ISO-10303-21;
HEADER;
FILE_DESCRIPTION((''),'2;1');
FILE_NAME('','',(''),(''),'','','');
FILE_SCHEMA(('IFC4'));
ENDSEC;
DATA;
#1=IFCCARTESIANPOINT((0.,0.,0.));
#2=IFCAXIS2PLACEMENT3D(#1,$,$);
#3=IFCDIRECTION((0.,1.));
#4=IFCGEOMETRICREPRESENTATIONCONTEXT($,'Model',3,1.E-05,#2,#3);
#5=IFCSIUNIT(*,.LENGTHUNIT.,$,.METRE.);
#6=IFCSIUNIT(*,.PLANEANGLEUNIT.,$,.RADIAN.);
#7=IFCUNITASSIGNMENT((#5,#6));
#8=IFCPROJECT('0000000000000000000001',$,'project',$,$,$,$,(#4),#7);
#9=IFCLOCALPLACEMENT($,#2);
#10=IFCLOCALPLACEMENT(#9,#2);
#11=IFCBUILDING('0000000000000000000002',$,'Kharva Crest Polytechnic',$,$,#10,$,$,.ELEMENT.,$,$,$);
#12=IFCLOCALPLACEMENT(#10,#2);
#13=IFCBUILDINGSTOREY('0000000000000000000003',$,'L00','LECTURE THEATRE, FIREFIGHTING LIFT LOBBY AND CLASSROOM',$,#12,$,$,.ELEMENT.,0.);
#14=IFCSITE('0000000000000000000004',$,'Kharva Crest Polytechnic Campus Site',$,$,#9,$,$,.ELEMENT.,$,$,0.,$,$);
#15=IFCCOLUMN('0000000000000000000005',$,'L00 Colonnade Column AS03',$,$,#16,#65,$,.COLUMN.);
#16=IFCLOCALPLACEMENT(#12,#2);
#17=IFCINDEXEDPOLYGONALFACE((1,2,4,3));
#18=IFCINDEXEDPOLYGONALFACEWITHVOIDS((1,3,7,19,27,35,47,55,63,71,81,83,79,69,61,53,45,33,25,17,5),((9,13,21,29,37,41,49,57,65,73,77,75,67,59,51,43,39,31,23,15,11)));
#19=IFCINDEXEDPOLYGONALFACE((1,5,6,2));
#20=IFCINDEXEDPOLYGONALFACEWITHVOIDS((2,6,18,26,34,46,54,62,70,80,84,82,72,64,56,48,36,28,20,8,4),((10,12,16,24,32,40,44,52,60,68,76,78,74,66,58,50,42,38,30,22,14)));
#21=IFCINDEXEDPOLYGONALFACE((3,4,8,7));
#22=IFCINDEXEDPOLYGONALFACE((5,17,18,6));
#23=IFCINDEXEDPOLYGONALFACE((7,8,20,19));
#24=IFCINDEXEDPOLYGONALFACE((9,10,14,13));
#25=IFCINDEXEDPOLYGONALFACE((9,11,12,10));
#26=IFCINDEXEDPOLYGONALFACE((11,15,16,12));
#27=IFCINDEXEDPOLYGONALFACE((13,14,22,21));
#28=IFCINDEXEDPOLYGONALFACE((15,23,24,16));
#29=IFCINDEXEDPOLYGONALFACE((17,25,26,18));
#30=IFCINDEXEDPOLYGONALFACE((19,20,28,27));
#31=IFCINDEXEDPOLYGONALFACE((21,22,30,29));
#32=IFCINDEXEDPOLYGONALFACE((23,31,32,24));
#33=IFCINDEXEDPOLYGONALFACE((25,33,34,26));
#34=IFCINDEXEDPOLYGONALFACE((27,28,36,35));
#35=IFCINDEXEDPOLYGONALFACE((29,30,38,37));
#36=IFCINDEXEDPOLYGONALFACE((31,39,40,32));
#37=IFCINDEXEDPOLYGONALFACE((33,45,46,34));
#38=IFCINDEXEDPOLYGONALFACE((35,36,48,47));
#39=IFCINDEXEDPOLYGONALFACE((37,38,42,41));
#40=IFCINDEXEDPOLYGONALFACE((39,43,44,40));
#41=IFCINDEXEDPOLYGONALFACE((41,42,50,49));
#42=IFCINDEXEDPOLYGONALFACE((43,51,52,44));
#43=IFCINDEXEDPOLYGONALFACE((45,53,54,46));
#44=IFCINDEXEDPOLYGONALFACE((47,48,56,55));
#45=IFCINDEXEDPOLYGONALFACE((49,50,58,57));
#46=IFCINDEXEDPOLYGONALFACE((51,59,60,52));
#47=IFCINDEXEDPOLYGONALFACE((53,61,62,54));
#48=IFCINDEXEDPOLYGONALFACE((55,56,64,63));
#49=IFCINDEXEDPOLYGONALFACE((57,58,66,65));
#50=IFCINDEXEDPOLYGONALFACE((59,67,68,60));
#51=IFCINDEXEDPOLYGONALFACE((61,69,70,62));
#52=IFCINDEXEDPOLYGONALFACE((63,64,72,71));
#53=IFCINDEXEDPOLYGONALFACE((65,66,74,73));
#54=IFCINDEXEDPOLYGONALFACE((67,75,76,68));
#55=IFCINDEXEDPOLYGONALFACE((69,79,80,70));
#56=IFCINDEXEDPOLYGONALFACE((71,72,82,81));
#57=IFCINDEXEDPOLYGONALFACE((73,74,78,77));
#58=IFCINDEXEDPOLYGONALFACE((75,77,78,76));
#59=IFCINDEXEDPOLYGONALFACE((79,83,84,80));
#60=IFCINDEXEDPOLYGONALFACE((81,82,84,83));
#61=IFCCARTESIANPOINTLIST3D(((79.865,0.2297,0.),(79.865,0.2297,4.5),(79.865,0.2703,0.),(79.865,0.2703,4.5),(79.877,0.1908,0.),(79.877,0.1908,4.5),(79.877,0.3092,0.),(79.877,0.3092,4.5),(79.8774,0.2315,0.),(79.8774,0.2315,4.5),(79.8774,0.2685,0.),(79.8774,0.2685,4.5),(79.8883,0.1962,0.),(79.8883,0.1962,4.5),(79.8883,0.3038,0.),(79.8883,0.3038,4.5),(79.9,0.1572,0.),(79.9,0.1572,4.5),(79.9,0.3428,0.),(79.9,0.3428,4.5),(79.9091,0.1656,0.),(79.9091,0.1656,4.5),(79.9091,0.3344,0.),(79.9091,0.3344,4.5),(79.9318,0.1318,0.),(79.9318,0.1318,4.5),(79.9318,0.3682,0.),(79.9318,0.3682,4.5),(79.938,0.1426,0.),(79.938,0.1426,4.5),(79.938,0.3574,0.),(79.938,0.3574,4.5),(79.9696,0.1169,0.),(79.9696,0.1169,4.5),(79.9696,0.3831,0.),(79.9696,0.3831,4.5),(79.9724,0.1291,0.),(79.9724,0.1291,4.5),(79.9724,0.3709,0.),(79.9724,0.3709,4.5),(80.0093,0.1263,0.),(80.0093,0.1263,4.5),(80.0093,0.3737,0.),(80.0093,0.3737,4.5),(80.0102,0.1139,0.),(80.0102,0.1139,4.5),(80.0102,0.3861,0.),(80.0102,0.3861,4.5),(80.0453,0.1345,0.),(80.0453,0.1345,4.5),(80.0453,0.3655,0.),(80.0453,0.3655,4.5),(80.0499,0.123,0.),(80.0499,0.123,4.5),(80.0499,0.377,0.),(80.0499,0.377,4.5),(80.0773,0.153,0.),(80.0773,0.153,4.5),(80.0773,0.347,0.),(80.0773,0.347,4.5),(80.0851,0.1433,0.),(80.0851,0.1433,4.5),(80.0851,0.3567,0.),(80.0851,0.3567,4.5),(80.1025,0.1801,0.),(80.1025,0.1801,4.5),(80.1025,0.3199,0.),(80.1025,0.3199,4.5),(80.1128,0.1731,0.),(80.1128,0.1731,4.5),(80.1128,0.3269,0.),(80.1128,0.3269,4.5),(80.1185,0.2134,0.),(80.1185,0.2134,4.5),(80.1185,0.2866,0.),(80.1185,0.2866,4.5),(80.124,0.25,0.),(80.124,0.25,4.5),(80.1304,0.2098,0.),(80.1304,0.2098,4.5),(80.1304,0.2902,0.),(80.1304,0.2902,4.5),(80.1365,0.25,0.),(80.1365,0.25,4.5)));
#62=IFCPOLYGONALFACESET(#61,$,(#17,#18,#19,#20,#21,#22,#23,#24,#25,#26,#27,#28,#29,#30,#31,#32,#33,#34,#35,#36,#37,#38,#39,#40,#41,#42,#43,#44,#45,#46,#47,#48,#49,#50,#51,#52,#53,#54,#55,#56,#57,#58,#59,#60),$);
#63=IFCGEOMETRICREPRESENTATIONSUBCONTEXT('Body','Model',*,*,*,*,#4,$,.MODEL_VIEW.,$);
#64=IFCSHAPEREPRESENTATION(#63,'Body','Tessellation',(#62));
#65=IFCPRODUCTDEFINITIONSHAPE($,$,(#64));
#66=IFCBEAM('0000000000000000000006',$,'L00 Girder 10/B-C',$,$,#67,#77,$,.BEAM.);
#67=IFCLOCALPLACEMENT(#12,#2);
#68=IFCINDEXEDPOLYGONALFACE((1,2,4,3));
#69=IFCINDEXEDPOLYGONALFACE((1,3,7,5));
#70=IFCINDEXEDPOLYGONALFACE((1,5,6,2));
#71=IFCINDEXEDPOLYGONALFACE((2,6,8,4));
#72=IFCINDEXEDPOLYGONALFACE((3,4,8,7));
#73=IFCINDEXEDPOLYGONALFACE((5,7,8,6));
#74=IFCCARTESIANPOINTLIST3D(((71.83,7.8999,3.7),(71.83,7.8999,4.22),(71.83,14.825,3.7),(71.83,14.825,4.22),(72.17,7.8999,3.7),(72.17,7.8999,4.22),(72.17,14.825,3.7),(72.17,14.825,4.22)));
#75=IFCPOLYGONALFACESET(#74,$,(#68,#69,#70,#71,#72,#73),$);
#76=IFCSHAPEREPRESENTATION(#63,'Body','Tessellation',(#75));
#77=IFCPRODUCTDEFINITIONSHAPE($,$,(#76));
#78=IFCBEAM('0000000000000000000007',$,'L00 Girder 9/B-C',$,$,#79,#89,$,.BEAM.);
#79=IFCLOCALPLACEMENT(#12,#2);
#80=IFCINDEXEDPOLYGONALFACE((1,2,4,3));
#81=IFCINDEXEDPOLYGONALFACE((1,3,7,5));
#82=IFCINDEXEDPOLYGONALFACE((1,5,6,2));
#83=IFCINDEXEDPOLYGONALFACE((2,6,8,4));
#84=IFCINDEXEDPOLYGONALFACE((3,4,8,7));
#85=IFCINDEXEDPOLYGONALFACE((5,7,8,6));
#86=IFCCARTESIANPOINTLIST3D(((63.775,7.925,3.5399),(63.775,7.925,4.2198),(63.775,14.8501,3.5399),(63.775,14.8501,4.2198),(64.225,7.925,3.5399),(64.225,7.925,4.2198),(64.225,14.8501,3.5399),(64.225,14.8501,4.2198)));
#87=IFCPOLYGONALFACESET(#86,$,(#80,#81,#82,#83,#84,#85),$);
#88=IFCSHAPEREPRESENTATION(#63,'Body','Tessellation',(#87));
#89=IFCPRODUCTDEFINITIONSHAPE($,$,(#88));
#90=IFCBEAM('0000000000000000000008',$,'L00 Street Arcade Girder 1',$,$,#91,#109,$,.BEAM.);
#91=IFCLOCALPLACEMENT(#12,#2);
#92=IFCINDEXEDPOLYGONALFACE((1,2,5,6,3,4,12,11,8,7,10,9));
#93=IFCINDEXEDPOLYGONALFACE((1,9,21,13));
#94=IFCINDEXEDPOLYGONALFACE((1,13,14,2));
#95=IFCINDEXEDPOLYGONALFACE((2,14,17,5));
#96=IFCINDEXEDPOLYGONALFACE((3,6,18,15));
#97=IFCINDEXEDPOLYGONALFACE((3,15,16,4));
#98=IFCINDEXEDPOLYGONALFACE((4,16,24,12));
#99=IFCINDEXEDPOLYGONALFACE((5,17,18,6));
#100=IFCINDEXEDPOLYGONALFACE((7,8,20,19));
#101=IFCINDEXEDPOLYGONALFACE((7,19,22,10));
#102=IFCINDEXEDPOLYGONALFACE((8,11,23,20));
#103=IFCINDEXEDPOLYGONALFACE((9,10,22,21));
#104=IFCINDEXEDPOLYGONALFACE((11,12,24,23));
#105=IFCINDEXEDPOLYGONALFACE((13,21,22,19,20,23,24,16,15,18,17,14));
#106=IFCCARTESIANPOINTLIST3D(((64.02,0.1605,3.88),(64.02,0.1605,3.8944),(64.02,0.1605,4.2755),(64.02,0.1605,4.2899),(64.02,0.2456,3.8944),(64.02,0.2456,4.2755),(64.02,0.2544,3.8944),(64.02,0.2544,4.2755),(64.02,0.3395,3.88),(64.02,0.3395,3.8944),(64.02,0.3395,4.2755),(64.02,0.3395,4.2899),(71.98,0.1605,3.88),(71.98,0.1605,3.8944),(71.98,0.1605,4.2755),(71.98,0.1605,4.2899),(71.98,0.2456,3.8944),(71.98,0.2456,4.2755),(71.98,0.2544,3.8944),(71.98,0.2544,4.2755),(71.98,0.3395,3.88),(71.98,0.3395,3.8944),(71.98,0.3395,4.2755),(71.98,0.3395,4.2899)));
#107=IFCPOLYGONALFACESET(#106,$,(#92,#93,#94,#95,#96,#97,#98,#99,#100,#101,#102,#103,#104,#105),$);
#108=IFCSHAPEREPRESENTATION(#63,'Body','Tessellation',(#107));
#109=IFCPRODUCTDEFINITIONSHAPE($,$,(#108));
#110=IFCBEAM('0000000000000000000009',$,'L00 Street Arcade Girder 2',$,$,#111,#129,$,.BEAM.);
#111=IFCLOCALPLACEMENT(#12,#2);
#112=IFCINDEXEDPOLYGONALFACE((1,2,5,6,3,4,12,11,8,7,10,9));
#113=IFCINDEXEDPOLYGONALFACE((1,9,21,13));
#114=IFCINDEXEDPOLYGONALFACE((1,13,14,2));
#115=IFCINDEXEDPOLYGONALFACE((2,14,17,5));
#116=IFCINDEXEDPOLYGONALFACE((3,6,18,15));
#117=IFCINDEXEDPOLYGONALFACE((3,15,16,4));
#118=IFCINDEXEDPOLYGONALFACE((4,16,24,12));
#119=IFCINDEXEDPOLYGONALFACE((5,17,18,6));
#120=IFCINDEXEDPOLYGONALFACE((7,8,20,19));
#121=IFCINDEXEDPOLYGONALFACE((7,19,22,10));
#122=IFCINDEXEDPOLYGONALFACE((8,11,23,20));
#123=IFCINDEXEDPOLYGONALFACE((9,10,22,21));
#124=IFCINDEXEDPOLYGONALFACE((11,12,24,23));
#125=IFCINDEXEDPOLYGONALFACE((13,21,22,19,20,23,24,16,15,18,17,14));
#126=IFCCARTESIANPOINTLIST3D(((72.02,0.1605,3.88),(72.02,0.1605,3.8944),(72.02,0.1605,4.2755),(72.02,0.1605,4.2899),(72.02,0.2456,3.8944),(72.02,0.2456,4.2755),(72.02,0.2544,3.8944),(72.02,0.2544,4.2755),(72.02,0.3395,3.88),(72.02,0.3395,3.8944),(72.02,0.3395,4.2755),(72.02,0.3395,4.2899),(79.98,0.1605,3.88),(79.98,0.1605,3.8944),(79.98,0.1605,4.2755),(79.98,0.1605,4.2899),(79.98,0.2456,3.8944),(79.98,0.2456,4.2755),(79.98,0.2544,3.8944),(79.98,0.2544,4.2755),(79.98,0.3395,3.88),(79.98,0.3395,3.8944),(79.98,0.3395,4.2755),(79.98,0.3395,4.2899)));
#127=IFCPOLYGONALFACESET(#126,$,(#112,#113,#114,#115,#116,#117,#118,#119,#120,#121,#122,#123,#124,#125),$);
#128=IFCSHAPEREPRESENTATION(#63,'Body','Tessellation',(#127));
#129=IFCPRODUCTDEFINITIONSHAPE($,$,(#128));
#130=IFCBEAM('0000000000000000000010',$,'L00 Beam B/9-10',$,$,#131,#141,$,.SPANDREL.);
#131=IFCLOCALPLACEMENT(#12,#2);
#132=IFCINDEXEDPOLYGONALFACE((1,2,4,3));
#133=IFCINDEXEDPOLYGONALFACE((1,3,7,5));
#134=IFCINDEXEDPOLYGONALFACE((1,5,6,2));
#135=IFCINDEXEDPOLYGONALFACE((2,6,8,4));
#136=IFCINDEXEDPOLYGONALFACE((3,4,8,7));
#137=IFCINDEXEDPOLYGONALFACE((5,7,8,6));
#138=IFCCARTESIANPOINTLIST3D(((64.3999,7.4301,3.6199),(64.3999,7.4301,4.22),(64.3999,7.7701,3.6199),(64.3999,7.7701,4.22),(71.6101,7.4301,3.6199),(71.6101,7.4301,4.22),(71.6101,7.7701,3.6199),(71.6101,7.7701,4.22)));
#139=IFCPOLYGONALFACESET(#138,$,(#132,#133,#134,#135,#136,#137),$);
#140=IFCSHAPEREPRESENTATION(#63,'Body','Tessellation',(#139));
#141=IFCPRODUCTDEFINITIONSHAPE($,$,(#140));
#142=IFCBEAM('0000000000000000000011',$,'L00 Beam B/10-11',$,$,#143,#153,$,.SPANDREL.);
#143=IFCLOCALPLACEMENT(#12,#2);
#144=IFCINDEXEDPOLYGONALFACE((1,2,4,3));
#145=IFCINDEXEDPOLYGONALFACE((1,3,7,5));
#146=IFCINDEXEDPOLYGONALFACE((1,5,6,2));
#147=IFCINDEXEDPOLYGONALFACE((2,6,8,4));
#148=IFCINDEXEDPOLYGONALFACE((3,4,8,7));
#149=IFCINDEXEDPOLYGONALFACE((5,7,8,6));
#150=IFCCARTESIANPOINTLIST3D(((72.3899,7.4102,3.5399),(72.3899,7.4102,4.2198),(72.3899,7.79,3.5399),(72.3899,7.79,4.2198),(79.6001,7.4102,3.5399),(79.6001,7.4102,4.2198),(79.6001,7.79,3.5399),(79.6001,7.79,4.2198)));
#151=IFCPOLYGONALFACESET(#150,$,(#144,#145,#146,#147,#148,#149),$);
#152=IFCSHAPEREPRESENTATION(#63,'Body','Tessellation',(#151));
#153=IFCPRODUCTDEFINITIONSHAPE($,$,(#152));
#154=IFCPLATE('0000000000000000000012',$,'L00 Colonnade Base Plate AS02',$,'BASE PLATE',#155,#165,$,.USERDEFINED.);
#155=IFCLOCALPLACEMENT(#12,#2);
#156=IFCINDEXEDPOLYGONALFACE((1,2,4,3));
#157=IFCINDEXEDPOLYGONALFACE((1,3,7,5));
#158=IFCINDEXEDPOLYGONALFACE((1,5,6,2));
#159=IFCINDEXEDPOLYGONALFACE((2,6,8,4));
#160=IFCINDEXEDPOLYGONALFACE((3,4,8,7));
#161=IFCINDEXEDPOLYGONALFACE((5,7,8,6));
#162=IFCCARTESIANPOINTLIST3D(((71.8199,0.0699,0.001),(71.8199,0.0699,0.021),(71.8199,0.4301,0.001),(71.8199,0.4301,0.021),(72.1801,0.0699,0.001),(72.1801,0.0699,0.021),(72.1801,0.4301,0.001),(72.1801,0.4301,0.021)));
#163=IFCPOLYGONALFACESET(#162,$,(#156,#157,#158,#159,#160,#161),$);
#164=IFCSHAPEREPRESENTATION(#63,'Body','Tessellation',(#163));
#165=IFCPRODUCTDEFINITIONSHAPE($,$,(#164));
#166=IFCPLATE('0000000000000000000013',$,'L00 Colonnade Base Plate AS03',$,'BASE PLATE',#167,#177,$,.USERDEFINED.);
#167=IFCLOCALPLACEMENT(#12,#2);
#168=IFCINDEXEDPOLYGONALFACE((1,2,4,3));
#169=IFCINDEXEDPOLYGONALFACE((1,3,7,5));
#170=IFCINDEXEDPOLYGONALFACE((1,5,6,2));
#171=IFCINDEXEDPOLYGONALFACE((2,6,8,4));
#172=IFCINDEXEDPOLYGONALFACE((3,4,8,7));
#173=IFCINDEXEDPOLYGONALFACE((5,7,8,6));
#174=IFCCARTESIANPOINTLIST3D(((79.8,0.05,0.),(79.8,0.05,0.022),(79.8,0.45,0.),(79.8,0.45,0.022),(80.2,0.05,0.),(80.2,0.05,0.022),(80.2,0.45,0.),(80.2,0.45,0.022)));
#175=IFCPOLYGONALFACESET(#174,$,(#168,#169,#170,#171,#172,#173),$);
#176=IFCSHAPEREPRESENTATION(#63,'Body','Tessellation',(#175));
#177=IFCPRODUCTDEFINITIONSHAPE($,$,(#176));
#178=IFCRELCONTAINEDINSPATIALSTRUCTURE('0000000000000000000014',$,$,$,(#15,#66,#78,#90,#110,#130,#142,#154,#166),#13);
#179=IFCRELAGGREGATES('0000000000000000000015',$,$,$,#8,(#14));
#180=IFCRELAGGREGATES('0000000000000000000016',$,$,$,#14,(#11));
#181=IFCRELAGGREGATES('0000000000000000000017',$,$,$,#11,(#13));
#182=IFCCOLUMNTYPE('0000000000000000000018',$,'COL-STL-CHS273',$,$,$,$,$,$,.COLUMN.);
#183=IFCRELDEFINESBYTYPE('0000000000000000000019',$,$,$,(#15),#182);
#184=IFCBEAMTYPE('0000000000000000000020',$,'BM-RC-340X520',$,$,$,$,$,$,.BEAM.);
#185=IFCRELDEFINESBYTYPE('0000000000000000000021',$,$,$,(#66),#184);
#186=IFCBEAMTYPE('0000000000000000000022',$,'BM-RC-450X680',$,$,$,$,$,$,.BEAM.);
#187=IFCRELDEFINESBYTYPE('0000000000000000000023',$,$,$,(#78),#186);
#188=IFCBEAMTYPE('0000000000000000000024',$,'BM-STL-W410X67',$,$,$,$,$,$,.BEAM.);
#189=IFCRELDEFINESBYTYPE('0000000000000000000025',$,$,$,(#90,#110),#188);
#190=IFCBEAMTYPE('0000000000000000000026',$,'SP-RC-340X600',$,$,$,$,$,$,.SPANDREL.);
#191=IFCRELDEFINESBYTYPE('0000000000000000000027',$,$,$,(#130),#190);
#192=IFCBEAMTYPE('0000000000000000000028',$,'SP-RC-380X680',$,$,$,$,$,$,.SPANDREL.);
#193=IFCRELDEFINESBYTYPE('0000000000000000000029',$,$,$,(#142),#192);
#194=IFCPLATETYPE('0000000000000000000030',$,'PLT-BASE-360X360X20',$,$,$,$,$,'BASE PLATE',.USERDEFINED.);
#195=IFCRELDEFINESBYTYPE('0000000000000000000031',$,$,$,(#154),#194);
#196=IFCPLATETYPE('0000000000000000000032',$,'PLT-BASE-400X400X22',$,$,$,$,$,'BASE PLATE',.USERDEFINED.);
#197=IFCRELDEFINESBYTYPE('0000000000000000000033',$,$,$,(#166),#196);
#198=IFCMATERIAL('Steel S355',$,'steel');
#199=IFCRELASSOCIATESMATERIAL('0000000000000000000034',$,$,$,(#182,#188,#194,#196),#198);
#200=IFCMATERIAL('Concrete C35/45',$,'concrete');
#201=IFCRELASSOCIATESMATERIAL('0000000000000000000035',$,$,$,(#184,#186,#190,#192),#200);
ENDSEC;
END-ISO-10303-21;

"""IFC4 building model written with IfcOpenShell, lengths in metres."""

from ifc_helpers import new_model, si_unit, direction, frame, origin, origin_2d, place, context, subcontext, project, spatial, rectangle, hollow_circle, i_section, extrude, material, material_profile, profile_set, type_object, element, save


model = new_model("IFC4")

# Units and contexts
model_context = context("Model", 3, precision=1e-05, world=origin(), true_north=direction((0.0, 1.0)))
body_context = subcontext(model_context, "Body", "Model", "MODEL_VIEW")
ifc_project = project(units=[si_unit("LENGTHUNIT", "METRE"), si_unit("PLANEANGLEUNIT", "RADIAN")], contexts=[model_context])

# Site, building, storey
site_placement = place(None, origin())
site = spatial("IfcSite", under=ifc_project, at=site_placement, Name="Kharva Crest Polytechnic Campus Site", CompositionType="ELEMENT", RefElevation=0.0)
building_placement = place(site_placement, origin())
building = spatial("IfcBuilding", under=site, at=building_placement, Name="Kharva Crest Polytechnic", CompositionType="ELEMENT")
storey_placement = place(building_placement, origin())
storey = spatial("IfcBuildingStorey", under=building, at=storey_placement, Name="L00", Description="LECTURE THEATRE, FIREFIGHTING LIFT LOBBY AND CLASSROOM", CompositionType="ELEMENT", Elevation=0.0)

# Shared definitions
ifc_material_1 = material(Name="Concrete C35/45", Category="concrete")

# Column
ifc_material_2 = material(Name="Steel S355", Category="steel")
ifc_material_profile_1 = material_profile(ifc_material_2, hollow_circle(Radius=0.1365, WallThickness=0.0125, at=origin_2d()), Name="CHS 273.0X12.5")
ifc_profile_set_1 = profile_set([ifc_material_profile_1], Name="Steel S355")
column_type_1 = type_object("IfcColumnType", Name="COL-STL-CHS273", PredefinedType="COLUMN", material=ifc_profile_set_1)
for number, where, z_axis, x_axis, name in (
    (1, (80.0, 0.25, 0.0), (0.0, 0.0, 1.0), (1.0, 0.0, 0.0), "L00 Colonnade Column AS03"),
):
    element("IfcColumn", number, at=place(storey_placement, frame(where, z_axis=z_axis, x_axis=x_axis)), inside=storey, type_object=column_type_1, Name=name, PredefinedType="COLUMN", context=body_context, shape_type="SweptSolid", body=[
        extrude(hollow_circle(Radius=0.1365, WallThickness=0.0125, at=origin_2d()), origin(), (0.0, 0.0, 1.0), 4.5),
    ])

# Beams
ifc_material_profile_2 = material_profile(ifc_material_1, rectangle(XDim=0.3401, YDim=0.52, at=origin_2d()), Name="RECT 340 X 520")
ifc_profile_set_2 = profile_set([ifc_material_profile_2], Name="Concrete C35/45")
beam_type_1 = type_object("IfcBeamType", Name="BM-RC-340X520", PredefinedType="BEAM", material=ifc_profile_set_2)
beam_1_placement = place(storey_placement, frame((72.0, 7.8999, 3.96), z_axis=(0.0, 1.0, 0.0), x_axis=(-1.0, 0.0, 0.0)))
element("IfcBeam", 2, at=beam_1_placement, inside=storey, type_object=beam_type_1, Name="L00 Girder 10/B-C", PredefinedType="BEAM", context=body_context, shape_type="SweptSolid", body=[
    extrude(rectangle(XDim=0.3401, YDim=0.52, at=origin_2d()), origin(), (0.0, 0.0, 1.0), 6.925),
])
ifc_material_profile_3 = material_profile(ifc_material_1, rectangle(XDim=0.45, YDim=0.6799, at=origin_2d()), Name="RECT 450 X 680")
ifc_profile_set_3 = profile_set([ifc_material_profile_3], Name="Concrete C35/45")
beam_type_2 = type_object("IfcBeamType", Name="BM-RC-450X680", PredefinedType="BEAM", material=ifc_profile_set_3)
beam_2_placement = place(storey_placement, frame((64.0, 7.925, 3.8799), z_axis=(0.0, 1.0, 0.0), x_axis=(-1.0, 0.0, 0.0)))
element("IfcBeam", 3, at=beam_2_placement, inside=storey, type_object=beam_type_2, Name="L00 Girder 9/B-C", PredefinedType="BEAM", context=body_context, shape_type="SweptSolid", body=[
    extrude(rectangle(XDim=0.45, YDim=0.6799, at=origin_2d()), origin(), (0.0, 0.0, 1.0), 6.925),
])
ifc_material_profile_4 = material_profile(ifc_material_2, i_section(OverallWidth=0.179, OverallDepth=0.4099, WebThickness=0.0088, FlangeThickness=0.0144, at=origin_2d()), Name="W410X67")
ifc_profile_set_4 = profile_set([ifc_material_profile_4], Name="Steel S355")
beam_type_3 = type_object("IfcBeamType", Name="BM-STL-W410X67", PredefinedType="BEAM", material=ifc_profile_set_4)
for number, where, z_axis, x_axis, name in (
    (4, (64.02, 0.25, 4.085), (1.0, 0.0, 0.0), (0.0, 1.0, 0.0), "L00 Street Arcade Girder 1"),
    (5, (72.02, 0.25, 4.085), (1.0, 0.0, 0.0), (0.0, 1.0, 0.0), "L00 Street Arcade Girder 2"),
):
    element("IfcBeam", number, at=place(storey_placement, frame(where, z_axis=z_axis, x_axis=x_axis)), inside=storey, type_object=beam_type_3, Name=name, PredefinedType="BEAM", context=body_context, shape_type="SweptSolid", body=[
        extrude(i_section(OverallWidth=0.179, OverallDepth=0.4099, WebThickness=0.0088, FlangeThickness=0.0144, at=origin_2d()), origin(), (0.0, 0.0, 1.0), 7.96),
    ])
ifc_material_profile_5 = material_profile(ifc_material_1, rectangle(XDim=0.3401, YDim=0.6001, at=origin_2d()), Name="RECT 340 X 600")
ifc_profile_set_5 = profile_set([ifc_material_profile_5], Name="Concrete C35/45")
beam_type_4 = type_object("IfcBeamType", Name="SP-RC-340X600", PredefinedType="SPANDREL", material=ifc_profile_set_5)
beam_3_placement = place(storey_placement, frame((64.3999, 7.6001, 3.9199), z_axis=(1.0, 0.0, 0.0), x_axis=(0.0, 1.0, 0.0)))
element("IfcBeam", 6, at=beam_3_placement, inside=storey, type_object=beam_type_4, Name="L00 Beam B/9-10", PredefinedType="SPANDREL", context=body_context, shape_type="SweptSolid", body=[
    extrude(rectangle(XDim=0.3401, YDim=0.6001, at=origin_2d()), origin(), (0.0, 0.0, 1.0), 7.2102),
])
ifc_material_profile_6 = material_profile(ifc_material_1, rectangle(XDim=0.3799, YDim=0.6799, at=origin_2d()), Name="RECT 380 X 680")
ifc_profile_set_6 = profile_set([ifc_material_profile_6], Name="Concrete C35/45")
beam_type_5 = type_object("IfcBeamType", Name="SP-RC-380X680", PredefinedType="SPANDREL", material=ifc_profile_set_6)
beam_4_placement = place(storey_placement, frame((72.3899, 7.6001, 3.8799), z_axis=(1.0, 0.0, 0.0), x_axis=(0.0, 1.0, 0.0)))
element("IfcBeam", 7, at=beam_4_placement, inside=storey, type_object=beam_type_5, Name="L00 Beam B/10-11", PredefinedType="SPANDREL", context=body_context, shape_type="SweptSolid", body=[
    extrude(rectangle(XDim=0.3799, YDim=0.6799, at=origin_2d()), origin(), (0.0, 0.0, 1.0), 7.2102),
])

# Plates
plate_type_1 = type_object("IfcPlateType", Name="PLT-BASE-360X360X20", ElementType="BASE PLATE", PredefinedType="USERDEFINED", material=ifc_material_2)
plate_1_placement = place(storey_placement, frame((72.0, 0.25, 0.001), z_axis=(0.0, 0.0, 1.0), x_axis=(1.0, 0.0, 0.0)))
element("IfcPlate", 8, at=plate_1_placement, inside=storey, type_object=plate_type_1, Name="L00 Colonnade Base Plate AS02", ObjectType="BASE PLATE", PredefinedType="USERDEFINED", context=body_context, shape_type="SweptSolid", body=[
    extrude(rectangle(XDim=0.3601, YDim=0.3601, at=origin_2d()), origin(), (0.0, 0.0, 1.0), 0.02),
])
plate_type_2 = type_object("IfcPlateType", Name="PLT-BASE-400X400X22", ElementType="BASE PLATE", PredefinedType="USERDEFINED", material=ifc_material_2)
plate_2_placement = place(storey_placement, frame((80.0, 0.25, 0.0), z_axis=(0.0, 0.0, 1.0), x_axis=(1.0, 0.0, 0.0)))
element("IfcPlate", 9, at=plate_2_placement, inside=storey, type_object=plate_type_2, Name="L00 Colonnade Base Plate AS03", ObjectType="BASE PLATE", PredefinedType="USERDEFINED", context=body_context, shape_type="SweptSolid", body=[
    extrude(rectangle(XDim=0.3999, YDim=0.3999, at=origin_2d()), origin(), (0.0, 0.0, 1.0), 0.022),
])

save(model, "model.ifc")
